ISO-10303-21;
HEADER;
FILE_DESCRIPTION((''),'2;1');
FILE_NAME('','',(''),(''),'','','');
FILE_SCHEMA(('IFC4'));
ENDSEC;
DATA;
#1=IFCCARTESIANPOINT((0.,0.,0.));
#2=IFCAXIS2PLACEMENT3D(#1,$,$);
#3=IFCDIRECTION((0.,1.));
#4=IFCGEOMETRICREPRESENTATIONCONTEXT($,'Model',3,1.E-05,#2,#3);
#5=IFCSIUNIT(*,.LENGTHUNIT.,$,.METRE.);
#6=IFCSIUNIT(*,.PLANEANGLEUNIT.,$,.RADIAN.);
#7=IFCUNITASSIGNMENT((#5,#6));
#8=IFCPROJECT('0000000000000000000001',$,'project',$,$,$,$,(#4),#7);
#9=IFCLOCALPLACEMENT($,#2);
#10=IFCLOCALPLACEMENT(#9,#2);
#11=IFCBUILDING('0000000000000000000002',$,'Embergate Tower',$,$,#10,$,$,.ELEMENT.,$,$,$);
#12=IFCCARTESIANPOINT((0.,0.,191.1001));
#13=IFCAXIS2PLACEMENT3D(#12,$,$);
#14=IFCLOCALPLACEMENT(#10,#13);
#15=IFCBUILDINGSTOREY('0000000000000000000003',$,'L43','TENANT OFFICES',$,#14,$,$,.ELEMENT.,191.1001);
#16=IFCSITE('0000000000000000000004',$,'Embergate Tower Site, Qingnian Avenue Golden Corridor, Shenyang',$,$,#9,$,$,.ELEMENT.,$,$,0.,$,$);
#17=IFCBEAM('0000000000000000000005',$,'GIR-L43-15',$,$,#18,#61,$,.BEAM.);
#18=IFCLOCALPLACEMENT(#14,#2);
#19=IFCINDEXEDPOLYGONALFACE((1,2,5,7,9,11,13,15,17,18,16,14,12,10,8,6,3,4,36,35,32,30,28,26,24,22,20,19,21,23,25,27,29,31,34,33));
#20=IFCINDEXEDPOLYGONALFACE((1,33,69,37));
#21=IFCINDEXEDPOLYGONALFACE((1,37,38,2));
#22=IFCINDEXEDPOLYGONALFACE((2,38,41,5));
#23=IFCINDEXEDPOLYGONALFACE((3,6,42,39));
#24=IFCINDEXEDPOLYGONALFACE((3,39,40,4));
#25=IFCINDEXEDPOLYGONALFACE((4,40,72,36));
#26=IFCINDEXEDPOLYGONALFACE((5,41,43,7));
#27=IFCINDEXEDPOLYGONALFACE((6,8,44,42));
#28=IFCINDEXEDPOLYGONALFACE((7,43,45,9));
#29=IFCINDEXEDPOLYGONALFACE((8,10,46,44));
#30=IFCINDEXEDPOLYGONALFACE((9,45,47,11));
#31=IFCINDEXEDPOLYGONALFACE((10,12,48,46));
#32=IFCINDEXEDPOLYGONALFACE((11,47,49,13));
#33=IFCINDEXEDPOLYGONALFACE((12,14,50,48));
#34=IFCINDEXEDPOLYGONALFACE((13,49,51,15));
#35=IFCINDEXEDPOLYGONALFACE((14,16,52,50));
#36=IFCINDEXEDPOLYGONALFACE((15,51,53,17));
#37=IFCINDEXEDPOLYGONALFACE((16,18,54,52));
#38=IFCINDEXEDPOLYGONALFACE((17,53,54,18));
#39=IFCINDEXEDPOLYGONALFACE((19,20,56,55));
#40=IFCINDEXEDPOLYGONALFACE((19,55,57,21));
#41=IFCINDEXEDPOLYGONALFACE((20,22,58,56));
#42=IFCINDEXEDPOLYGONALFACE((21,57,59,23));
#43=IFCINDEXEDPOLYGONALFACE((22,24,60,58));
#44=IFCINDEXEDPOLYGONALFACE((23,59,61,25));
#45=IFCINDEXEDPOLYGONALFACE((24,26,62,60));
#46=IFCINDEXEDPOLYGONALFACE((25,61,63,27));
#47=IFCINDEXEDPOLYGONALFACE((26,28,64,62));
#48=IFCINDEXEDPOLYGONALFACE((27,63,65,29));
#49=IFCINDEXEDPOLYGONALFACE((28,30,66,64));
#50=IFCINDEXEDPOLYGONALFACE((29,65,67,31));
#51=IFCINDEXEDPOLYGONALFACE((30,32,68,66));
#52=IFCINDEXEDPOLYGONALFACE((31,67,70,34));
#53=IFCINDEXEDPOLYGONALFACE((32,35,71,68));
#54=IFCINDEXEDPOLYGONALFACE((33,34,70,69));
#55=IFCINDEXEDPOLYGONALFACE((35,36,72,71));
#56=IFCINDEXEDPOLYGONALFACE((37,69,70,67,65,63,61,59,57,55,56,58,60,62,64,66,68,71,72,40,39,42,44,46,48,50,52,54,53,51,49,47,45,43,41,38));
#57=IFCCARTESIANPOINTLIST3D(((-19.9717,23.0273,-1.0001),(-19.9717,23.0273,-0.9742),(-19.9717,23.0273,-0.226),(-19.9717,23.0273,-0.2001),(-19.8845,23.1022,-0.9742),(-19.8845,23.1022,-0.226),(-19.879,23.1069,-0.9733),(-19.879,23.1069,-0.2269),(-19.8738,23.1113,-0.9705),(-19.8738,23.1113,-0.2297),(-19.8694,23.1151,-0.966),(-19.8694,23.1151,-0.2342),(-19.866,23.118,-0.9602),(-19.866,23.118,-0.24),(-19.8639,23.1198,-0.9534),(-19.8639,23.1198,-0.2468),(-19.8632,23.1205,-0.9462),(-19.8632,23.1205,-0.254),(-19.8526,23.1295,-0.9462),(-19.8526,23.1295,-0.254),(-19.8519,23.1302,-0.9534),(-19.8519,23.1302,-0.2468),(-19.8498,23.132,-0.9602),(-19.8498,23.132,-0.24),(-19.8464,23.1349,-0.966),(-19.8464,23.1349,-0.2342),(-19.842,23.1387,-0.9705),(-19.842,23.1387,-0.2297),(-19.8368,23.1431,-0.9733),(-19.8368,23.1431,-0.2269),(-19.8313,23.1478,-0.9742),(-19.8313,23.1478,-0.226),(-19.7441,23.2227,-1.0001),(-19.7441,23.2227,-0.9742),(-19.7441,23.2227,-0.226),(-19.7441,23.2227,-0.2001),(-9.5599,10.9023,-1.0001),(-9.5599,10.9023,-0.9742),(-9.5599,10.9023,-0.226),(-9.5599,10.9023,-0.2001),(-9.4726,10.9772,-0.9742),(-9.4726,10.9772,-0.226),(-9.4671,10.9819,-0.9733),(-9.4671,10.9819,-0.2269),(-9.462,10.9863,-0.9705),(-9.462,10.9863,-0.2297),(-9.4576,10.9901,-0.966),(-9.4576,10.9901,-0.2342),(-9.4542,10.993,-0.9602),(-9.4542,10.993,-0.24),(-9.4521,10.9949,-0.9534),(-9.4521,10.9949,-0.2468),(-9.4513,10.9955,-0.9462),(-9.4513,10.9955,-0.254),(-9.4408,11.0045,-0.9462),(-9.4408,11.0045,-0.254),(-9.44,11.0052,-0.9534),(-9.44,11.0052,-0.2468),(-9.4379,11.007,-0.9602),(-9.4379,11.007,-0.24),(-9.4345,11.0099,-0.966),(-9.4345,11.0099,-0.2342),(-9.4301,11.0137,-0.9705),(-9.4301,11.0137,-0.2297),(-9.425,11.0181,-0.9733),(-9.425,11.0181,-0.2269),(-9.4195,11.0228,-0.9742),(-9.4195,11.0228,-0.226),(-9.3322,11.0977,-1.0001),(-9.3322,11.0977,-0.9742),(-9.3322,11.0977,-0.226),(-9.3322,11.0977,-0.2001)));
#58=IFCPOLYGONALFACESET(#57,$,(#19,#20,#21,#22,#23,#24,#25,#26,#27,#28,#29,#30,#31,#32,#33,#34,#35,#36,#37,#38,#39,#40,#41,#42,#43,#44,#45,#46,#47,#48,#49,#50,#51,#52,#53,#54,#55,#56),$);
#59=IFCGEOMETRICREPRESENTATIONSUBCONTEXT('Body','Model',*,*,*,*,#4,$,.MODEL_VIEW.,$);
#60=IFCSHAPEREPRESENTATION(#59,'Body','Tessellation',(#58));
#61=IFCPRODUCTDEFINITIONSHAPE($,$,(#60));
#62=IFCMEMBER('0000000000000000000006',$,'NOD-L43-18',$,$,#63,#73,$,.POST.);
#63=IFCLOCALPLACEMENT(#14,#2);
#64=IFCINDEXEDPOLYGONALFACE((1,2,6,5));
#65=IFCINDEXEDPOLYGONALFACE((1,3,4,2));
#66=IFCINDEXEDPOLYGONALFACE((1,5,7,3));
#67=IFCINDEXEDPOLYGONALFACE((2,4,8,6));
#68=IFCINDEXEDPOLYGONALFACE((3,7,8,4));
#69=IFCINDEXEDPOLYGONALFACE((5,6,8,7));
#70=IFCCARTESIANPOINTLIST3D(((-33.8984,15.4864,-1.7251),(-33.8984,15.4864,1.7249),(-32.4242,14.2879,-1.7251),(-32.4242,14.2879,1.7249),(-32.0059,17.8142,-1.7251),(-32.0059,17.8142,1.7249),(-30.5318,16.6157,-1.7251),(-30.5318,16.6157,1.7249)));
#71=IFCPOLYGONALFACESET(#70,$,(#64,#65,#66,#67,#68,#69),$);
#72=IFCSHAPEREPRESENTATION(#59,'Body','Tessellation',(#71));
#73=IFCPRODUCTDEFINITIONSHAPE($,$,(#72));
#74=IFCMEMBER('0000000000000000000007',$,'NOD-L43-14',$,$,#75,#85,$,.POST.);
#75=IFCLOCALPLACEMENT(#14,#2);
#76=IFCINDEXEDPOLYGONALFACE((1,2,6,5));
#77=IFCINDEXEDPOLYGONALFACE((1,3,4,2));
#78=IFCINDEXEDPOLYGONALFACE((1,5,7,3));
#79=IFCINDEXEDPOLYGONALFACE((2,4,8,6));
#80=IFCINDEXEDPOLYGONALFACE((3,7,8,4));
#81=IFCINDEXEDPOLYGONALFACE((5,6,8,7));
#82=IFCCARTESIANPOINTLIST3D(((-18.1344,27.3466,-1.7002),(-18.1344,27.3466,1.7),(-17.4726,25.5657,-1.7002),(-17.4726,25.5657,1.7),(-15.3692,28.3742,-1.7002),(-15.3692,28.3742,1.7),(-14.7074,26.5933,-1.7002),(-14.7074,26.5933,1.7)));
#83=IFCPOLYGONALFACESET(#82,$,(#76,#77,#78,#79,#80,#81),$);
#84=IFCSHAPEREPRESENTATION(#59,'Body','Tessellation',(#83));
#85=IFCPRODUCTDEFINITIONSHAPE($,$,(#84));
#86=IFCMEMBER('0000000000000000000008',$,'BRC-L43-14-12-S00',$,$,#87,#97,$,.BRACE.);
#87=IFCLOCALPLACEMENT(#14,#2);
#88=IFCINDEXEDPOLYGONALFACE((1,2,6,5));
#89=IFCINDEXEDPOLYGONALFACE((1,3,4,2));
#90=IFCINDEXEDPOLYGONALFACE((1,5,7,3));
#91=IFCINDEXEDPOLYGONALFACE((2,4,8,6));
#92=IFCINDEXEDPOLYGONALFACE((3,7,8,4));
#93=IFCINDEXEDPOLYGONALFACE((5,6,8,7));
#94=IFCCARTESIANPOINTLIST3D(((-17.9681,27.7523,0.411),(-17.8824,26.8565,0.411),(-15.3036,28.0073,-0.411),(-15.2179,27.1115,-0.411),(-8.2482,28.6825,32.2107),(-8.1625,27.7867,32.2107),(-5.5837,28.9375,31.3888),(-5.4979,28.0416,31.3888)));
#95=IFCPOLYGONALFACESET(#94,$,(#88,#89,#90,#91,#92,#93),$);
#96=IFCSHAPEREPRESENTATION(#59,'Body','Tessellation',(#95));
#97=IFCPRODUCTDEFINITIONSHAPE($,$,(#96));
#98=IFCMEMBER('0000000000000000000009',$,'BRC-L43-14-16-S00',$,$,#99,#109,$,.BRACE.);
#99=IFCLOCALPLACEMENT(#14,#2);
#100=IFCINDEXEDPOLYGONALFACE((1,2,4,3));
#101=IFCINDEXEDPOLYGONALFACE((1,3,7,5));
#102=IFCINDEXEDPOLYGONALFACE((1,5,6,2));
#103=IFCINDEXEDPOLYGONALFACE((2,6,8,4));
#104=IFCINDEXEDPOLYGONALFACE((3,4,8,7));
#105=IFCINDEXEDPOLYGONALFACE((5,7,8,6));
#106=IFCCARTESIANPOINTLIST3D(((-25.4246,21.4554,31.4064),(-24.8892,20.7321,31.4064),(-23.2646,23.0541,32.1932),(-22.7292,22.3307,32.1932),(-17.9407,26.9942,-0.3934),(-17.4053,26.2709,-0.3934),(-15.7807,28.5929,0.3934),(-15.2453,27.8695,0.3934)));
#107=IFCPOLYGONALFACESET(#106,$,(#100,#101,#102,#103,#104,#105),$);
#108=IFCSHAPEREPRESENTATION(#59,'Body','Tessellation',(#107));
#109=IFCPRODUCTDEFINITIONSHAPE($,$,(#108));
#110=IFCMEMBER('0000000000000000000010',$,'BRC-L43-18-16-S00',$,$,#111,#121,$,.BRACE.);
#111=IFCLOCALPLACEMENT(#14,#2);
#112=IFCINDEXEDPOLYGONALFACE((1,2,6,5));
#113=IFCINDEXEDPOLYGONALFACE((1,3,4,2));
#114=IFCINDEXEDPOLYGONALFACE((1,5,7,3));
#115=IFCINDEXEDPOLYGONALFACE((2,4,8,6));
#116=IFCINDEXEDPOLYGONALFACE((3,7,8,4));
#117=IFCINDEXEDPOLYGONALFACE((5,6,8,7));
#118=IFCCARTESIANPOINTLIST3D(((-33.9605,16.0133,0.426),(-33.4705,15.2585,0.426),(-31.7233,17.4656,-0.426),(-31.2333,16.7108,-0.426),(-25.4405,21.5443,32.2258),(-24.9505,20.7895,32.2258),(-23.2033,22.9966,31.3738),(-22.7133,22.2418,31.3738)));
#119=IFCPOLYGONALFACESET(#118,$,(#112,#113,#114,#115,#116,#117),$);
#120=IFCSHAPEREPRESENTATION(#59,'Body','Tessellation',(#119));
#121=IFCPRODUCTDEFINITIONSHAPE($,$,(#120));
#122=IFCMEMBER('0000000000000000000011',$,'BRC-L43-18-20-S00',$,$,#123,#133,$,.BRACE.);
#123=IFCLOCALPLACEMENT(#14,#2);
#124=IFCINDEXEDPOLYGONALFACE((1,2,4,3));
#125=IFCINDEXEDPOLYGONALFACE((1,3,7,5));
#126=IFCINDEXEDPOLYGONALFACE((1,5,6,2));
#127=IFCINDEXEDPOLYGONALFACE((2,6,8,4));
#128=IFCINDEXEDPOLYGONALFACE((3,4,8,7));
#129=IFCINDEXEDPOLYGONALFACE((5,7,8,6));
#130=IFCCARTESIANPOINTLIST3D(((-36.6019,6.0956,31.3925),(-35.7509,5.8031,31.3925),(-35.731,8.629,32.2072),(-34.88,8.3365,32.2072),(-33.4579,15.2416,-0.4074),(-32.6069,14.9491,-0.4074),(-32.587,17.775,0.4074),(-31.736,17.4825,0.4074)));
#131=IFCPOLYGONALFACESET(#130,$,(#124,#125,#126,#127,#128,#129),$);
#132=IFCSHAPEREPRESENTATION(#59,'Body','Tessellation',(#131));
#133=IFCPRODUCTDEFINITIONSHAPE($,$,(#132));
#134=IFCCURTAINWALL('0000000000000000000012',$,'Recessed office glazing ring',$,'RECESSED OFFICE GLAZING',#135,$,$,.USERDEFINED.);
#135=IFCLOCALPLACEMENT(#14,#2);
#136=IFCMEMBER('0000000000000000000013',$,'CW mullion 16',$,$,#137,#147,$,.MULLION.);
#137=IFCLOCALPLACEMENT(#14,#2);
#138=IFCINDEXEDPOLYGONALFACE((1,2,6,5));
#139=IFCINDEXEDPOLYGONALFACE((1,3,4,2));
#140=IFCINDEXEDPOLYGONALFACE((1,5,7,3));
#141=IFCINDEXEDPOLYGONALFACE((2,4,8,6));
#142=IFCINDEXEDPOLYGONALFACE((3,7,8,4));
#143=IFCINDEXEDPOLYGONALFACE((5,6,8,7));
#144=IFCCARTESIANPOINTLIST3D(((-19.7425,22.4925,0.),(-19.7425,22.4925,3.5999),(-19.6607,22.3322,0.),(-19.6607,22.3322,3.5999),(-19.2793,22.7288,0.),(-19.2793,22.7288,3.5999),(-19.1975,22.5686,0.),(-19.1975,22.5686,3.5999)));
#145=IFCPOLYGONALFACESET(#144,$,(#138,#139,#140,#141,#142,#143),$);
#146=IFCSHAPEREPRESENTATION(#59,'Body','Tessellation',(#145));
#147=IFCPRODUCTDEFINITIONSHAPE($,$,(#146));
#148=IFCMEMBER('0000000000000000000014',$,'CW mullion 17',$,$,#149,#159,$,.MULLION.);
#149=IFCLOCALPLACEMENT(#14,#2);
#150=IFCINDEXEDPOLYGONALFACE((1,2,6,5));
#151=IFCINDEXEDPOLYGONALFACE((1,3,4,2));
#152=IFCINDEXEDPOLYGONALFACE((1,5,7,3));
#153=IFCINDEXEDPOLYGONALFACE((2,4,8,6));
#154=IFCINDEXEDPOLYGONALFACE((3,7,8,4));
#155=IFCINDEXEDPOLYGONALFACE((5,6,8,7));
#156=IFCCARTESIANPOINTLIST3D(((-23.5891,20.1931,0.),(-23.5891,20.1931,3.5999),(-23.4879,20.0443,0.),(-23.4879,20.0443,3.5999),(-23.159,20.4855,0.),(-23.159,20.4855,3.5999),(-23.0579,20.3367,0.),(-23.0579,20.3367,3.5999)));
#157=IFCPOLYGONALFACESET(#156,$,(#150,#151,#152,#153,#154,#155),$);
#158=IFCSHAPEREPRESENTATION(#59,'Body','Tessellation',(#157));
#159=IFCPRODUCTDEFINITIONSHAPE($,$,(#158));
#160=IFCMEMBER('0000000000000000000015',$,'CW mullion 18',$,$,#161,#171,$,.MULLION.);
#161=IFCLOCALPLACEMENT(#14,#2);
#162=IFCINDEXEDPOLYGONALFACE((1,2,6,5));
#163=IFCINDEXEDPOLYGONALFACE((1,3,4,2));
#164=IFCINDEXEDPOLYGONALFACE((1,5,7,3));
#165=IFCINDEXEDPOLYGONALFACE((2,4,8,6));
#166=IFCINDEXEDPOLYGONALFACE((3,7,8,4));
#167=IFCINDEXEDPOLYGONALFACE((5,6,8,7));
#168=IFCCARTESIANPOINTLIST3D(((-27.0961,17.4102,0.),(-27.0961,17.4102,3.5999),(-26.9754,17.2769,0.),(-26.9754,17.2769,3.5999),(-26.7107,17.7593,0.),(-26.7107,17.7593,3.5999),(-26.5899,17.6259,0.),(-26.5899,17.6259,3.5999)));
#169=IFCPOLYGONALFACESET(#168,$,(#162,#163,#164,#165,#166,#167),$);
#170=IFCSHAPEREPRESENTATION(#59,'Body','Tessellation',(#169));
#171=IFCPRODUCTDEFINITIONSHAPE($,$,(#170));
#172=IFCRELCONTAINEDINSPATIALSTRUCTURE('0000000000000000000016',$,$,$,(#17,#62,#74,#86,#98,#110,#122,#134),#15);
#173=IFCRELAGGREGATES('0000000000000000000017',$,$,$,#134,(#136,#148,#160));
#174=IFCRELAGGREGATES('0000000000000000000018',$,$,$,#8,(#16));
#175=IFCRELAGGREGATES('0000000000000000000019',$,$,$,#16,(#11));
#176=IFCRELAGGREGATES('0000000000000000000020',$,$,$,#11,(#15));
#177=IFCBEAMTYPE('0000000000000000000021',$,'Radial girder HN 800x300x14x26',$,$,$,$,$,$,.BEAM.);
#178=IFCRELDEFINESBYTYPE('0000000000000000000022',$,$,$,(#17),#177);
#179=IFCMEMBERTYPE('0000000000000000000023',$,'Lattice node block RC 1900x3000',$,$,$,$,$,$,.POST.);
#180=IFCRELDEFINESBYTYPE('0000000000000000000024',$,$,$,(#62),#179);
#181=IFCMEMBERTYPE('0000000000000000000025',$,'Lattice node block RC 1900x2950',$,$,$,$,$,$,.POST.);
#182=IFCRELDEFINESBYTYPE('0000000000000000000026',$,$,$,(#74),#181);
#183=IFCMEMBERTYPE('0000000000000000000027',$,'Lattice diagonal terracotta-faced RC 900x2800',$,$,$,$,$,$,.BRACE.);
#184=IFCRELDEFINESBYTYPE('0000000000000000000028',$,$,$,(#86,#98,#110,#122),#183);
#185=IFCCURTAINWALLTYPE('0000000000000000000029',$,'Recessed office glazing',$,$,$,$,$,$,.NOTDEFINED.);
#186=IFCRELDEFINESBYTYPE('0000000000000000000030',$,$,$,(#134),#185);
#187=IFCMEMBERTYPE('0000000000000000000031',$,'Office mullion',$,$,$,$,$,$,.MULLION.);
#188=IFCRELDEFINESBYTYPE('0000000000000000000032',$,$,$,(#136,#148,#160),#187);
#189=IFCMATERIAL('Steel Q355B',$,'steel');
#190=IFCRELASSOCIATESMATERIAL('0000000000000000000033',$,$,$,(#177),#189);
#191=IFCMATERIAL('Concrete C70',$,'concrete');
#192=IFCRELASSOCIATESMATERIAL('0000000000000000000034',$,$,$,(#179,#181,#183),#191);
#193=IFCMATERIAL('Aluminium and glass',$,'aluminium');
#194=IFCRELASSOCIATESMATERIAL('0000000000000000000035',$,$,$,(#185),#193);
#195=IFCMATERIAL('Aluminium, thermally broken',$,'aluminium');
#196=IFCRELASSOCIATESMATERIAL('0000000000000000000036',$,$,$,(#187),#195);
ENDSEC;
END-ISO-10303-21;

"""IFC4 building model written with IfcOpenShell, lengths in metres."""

from ifc_helpers import new_model, si_unit, direction, frame, origin, origin_2d, place, context, subcontext, project, spatial, rectangle, i_section, extrude, source, transform, mapped, material, material_profile, profile_set, type_object, element, aggregate, save


model = new_model("IFC4")

# Units and contexts
model_context = context("Model", 3, precision=1e-05, world=origin(), true_north=direction((0.0, 1.0)))
body_context = subcontext(model_context, "Body", "Model", "MODEL_VIEW")
ifc_project = project(units=[si_unit("LENGTHUNIT", "METRE"), si_unit("PLANEANGLEUNIT", "RADIAN")], contexts=[model_context])

# Site, building, storey
site_placement = place(None, origin())
site = spatial("IfcSite", under=ifc_project, at=site_placement, Name="Embergate Tower Site, Qingnian Avenue Golden Corridor, Shenyang", CompositionType="ELEMENT", RefElevation=0.0)
building_placement = place(site_placement, origin())
building = spatial("IfcBuilding", under=site, at=building_placement, Name="Embergate Tower", CompositionType="ELEMENT")
storey_placement = place(building_placement, frame((0.0, 0.0, 191.1001)))
storey = spatial("IfcBuildingStorey", under=building, at=storey_placement, Name="L43", Description="TENANT OFFICES", CompositionType="ELEMENT", Elevation=191.1001)

# Shared definitions
ifc_material_1 = material(Name="Concrete C70", Category="concrete")

# Beam
ifc_material_2 = material(Name="Steel Q355B", Category="steel")
ifc_material_profile_1 = material_profile(ifc_material_2, i_section(OverallWidth=0.3, OverallDepth=0.8, WebThickness=0.0139, FlangeThickness=0.0259, FilletRadius=0.0281, at=origin_2d()), Name="HN 800x300x14x26")
ifc_profile_set_1 = profile_set([ifc_material_profile_1], Name="Steel Q355 grade B")
beam_type_1 = type_object("IfcBeamType", Name="Radial girder HN 800x300x14x26", PredefinedType="BEAM", material=ifc_profile_set_1)
shared_shape_1 = source(origin(), body_context, "Body", "SweptSolid", [
    extrude(i_section(OverallWidth=0.3, OverallDepth=0.8, WebThickness=0.0139, FlangeThickness=0.0259, FilletRadius=0.0281, at=origin_2d()), origin(), (0.0, 0.0, 1.0), 15.9819),
])
beam_1_placement = place(storey_placement, frame((-19.8579, 23.125, -0.6001), z_axis=(0.651477, -0.758669, 0.0), x_axis=(0.758669, 0.651477, 0.0)))
element("IfcBeam", 1, at=beam_1_placement, inside=storey, type_object=beam_type_1, Name="GIR-L43-15", PredefinedType="BEAM", context=body_context, shape_type="MappedRepresentation", body=[
    mapped(shared_shape_1, transform((0.0, 0.0, 0.0))),
])

# Members
ifc_material_profile_2 = material_profile(ifc_material_1, rectangle(XDim=1.8999, YDim=3.0, at=origin_2d()), Name="RC 1900x3000")
ifc_profile_set_2 = profile_set([ifc_material_profile_2], Name="Concrete C70")
member_type_1 = type_object("IfcMemberType", Name="Lattice node block RC 1900x3000", PredefinedType="POST", material=ifc_profile_set_2)
shared_shape_2 = source(origin(), body_context, "Body", "SweptSolid", [
    extrude(rectangle(XDim=1.8999, YDim=3.0, at=origin_2d()), origin(), (0.0, 0.0, 1.0), 3.45),
])
member_1_placement = place(storey_placement, frame((-32.2151, 16.051, -1.7251), z_axis=(0.0, 0.0, 1.0), x_axis=(-0.775925, 0.630825, 0.0)))
element("IfcMember", 2, at=member_1_placement, inside=storey, type_object=member_type_1, Name="NOD-L43-18", PredefinedType="POST", context=body_context, shape_type="MappedRepresentation", body=[
    mapped(shared_shape_2, transform((0.0, 0.0, 0.0))),
])
ifc_material_profile_3 = material_profile(ifc_material_1, rectangle(XDim=1.8999, YDim=2.95, at=origin_2d()), Name="RC 1900x2950")
ifc_profile_set_3 = profile_set([ifc_material_profile_3], Name="Concrete C70")
member_type_2 = type_object("IfcMemberType", Name="Lattice node block RC 1900x2950", PredefinedType="POST", material=ifc_profile_set_3)
shared_shape_3 = source(origin(), body_context, "Body", "SweptSolid", [
    extrude(rectangle(XDim=1.8999, YDim=2.95, at=origin_2d()), origin(), (0.0, 0.0, 1.0), 3.4001),
])
member_2_placement = place(storey_placement, frame((-16.4209, 26.97, -1.7002), z_axis=(0.0, 0.0, 1.0), x_axis=(-0.348343, 0.937367, 0.0)))
element("IfcMember", 3, at=member_2_placement, inside=storey, type_object=member_type_2, Name="NOD-L43-14", PredefinedType="POST", context=body_context, shape_type="MappedRepresentation", body=[
    mapped(shared_shape_3, transform((0.0, 0.0, 0.0))),
])
ifc_material_profile_4 = material_profile(ifc_material_1, rectangle(XDim=0.8999, YDim=2.8, at=origin_2d()), Name="RC 900x2800")
ifc_profile_set_4 = profile_set([ifc_material_profile_4], Name="Concrete C70")
member_type_3 = type_object("IfcMemberType", Name="Lattice diagonal terracotta-faced RC 900x2800", PredefinedType="BRACE", material=ifc_profile_set_4)
shared_shape_4 = source(origin(), body_context, "Body", "SweptSolid", [
    extrude(rectangle(XDim=0.8999, YDim=2.8, at=origin_2d()), origin(), (0.0, 0.0, 1.0), 33.2651),
])
member_3_placement = place(storey_placement, frame((-16.593, 27.4319, 0.0), z_axis=(0.292197, 0.027962, 0.955949), x_axis=(-0.095262, 0.995452, 0.0)))
element("IfcMember", 4, at=member_3_placement, inside=storey, type_object=member_type_3, Name="BRC-L43-14-12-S00", PredefinedType="BRACE", context=body_context, shape_type="MappedRepresentation", body=[
    mapped(shared_shape_4, transform((0.0, 0.0, 0.0))),
])
shared_shape_5 = source(origin(), body_context, "Body", "SweptSolid", [
    extrude(rectangle(XDim=0.8999, YDim=2.8, at=origin_2d()), origin(), (0.0, 0.0, 1.0), 33.1348),
])
member_4_placement = place(storey_placement, frame((-16.593, 27.4319, 0.0), z_axis=(-0.225862, -0.16716, 0.95971), x_axis=(0.594895, -0.803804, 0.0)))
element("IfcMember", 5, at=member_4_placement, inside=storey, type_object=member_type_3, Name="BRC-L43-14-16-S00", PredefinedType="BRACE", context=body_context, shape_type="MappedRepresentation", body=[
    mapped(shared_shape_5, transform((0.0, 0.0, 0.0))),
])
shared_shape_6 = source(origin(), body_context, "Body", "SweptSolid", [
    extrude(rectangle(XDim=0.8999, YDim=2.8, at=origin_2d()), origin(), (0.0, 0.0, 1.0), 33.3828),
])
member_5_placement = place(storey_placement, frame((-32.5969, 16.3621, 0.0), z_axis=(0.255222, 0.165684, 0.952581), x_axis=(-0.544503, 0.838759, 0.0)))
element("IfcMember", 6, at=member_5_placement, inside=storey, type_object=member_type_3, Name="BRC-L43-18-16-S00", PredefinedType="BRACE", context=body_context, shape_type="MappedRepresentation", body=[
    mapped(shared_shape_6, transform((0.0, 0.0, 0.0))),
])
shared_shape_7 = source(origin(), body_context, "Body", "SweptSolid", [
    extrude(rectangle(XDim=0.8999, YDim=2.8, at=origin_2d()), origin(), (0.0, 0.0, 1.0), 33.238),
])
member_6_placement = place(storey_placement, frame((-32.5969, 16.3621, 0.0), z_axis=(-0.094592, -0.275167, 0.956732), x_axis=(0.945683, -0.32509, 0.0)))
element("IfcMember", 7, at=member_6_placement, inside=storey, type_object=member_type_3, Name="BRC-L43-18-20-S00", PredefinedType="BRACE", context=body_context, shape_type="MappedRepresentation", body=[
    mapped(shared_shape_7, transform((0.0, 0.0, 0.0))),
])

# Curtain wall, members
ifc_material_3 = material(Name="Aluminium and glass", Category="aluminium")
curtain_wall_type = type_object("IfcCurtainWallType", Name="Recessed office glazing", PredefinedType="NOTDEFINED", material=ifc_material_3)
curtain_wall_placement = place(storey_placement, origin())
curtain_wall = element("IfcCurtainWall", 8, at=curtain_wall_placement, inside=storey, type_object=curtain_wall_type, Name="Recessed office glazing ring", ObjectType="RECESSED OFFICE GLAZING", PredefinedType="USERDEFINED")
ifc_material_4 = material(Name="Aluminium, thermally broken", Category="aluminium")
ifc_material_profile_5 = material_profile(ifc_material_4, rectangle(XDim=0.1799, YDim=0.52, at=origin_2d()), Name="AL 520x180")
ifc_profile_set_5 = profile_set([ifc_material_profile_5], Name="Aluminium, thermally broken")
member_type_4 = type_object("IfcMemberType", Name="Office mullion", PredefinedType="MULLION", material=ifc_profile_set_5)
shared_shape_8 = source(origin(), body_context, "Body", "SweptSolid", [
    extrude(rectangle(XDim=0.1799, YDim=0.52, at=origin_2d()), origin(), (0.0, 0.0, 1.0), 3.5999),
])
member_7_placement = place(storey_placement, frame((-19.47, 22.5305, 0.0), z_axis=(0.0, 0.0, 1.0), x_axis=(0.454507, -0.890743, 0.0)))
member_7 = element("IfcMember", 9, at=member_7_placement, type_object=member_type_4, Name="CW mullion 16", PredefinedType="MULLION", context=body_context, shape_type="MappedRepresentation", body=[
    mapped(shared_shape_8, transform((0.0, 0.0, 0.0))),
])
member_8_placement = place(storey_placement, frame((-23.3235, 20.2649, 0.0), z_axis=(0.0, 0.0, 1.0), x_axis=(0.562213, -0.826992, 0.0)))
member_8 = element("IfcMember", 10, at=member_8_placement, type_object=member_type_4, Name="CW mullion 17", PredefinedType="MULLION", context=body_context, shape_type="MappedRepresentation", body=[
    mapped(shared_shape_8, transform((0.0, 0.0, 0.0))),
])
member_9_placement = place(storey_placement, frame((-26.843, 17.5181, 0.0), z_axis=(0.0, 0.0, 1.0), x_axis=(0.671223, -0.741256, 0.0)))
member_9 = element("IfcMember", 11, at=member_9_placement, type_object=member_type_4, Name="CW mullion 18", PredefinedType="MULLION", context=body_context, shape_type="MappedRepresentation", body=[
    mapped(shared_shape_8, transform((0.0, 0.0, 0.0))),
])
aggregate(curtain_wall, [member_7, member_8, member_9])

save(model, "model.ifc")
